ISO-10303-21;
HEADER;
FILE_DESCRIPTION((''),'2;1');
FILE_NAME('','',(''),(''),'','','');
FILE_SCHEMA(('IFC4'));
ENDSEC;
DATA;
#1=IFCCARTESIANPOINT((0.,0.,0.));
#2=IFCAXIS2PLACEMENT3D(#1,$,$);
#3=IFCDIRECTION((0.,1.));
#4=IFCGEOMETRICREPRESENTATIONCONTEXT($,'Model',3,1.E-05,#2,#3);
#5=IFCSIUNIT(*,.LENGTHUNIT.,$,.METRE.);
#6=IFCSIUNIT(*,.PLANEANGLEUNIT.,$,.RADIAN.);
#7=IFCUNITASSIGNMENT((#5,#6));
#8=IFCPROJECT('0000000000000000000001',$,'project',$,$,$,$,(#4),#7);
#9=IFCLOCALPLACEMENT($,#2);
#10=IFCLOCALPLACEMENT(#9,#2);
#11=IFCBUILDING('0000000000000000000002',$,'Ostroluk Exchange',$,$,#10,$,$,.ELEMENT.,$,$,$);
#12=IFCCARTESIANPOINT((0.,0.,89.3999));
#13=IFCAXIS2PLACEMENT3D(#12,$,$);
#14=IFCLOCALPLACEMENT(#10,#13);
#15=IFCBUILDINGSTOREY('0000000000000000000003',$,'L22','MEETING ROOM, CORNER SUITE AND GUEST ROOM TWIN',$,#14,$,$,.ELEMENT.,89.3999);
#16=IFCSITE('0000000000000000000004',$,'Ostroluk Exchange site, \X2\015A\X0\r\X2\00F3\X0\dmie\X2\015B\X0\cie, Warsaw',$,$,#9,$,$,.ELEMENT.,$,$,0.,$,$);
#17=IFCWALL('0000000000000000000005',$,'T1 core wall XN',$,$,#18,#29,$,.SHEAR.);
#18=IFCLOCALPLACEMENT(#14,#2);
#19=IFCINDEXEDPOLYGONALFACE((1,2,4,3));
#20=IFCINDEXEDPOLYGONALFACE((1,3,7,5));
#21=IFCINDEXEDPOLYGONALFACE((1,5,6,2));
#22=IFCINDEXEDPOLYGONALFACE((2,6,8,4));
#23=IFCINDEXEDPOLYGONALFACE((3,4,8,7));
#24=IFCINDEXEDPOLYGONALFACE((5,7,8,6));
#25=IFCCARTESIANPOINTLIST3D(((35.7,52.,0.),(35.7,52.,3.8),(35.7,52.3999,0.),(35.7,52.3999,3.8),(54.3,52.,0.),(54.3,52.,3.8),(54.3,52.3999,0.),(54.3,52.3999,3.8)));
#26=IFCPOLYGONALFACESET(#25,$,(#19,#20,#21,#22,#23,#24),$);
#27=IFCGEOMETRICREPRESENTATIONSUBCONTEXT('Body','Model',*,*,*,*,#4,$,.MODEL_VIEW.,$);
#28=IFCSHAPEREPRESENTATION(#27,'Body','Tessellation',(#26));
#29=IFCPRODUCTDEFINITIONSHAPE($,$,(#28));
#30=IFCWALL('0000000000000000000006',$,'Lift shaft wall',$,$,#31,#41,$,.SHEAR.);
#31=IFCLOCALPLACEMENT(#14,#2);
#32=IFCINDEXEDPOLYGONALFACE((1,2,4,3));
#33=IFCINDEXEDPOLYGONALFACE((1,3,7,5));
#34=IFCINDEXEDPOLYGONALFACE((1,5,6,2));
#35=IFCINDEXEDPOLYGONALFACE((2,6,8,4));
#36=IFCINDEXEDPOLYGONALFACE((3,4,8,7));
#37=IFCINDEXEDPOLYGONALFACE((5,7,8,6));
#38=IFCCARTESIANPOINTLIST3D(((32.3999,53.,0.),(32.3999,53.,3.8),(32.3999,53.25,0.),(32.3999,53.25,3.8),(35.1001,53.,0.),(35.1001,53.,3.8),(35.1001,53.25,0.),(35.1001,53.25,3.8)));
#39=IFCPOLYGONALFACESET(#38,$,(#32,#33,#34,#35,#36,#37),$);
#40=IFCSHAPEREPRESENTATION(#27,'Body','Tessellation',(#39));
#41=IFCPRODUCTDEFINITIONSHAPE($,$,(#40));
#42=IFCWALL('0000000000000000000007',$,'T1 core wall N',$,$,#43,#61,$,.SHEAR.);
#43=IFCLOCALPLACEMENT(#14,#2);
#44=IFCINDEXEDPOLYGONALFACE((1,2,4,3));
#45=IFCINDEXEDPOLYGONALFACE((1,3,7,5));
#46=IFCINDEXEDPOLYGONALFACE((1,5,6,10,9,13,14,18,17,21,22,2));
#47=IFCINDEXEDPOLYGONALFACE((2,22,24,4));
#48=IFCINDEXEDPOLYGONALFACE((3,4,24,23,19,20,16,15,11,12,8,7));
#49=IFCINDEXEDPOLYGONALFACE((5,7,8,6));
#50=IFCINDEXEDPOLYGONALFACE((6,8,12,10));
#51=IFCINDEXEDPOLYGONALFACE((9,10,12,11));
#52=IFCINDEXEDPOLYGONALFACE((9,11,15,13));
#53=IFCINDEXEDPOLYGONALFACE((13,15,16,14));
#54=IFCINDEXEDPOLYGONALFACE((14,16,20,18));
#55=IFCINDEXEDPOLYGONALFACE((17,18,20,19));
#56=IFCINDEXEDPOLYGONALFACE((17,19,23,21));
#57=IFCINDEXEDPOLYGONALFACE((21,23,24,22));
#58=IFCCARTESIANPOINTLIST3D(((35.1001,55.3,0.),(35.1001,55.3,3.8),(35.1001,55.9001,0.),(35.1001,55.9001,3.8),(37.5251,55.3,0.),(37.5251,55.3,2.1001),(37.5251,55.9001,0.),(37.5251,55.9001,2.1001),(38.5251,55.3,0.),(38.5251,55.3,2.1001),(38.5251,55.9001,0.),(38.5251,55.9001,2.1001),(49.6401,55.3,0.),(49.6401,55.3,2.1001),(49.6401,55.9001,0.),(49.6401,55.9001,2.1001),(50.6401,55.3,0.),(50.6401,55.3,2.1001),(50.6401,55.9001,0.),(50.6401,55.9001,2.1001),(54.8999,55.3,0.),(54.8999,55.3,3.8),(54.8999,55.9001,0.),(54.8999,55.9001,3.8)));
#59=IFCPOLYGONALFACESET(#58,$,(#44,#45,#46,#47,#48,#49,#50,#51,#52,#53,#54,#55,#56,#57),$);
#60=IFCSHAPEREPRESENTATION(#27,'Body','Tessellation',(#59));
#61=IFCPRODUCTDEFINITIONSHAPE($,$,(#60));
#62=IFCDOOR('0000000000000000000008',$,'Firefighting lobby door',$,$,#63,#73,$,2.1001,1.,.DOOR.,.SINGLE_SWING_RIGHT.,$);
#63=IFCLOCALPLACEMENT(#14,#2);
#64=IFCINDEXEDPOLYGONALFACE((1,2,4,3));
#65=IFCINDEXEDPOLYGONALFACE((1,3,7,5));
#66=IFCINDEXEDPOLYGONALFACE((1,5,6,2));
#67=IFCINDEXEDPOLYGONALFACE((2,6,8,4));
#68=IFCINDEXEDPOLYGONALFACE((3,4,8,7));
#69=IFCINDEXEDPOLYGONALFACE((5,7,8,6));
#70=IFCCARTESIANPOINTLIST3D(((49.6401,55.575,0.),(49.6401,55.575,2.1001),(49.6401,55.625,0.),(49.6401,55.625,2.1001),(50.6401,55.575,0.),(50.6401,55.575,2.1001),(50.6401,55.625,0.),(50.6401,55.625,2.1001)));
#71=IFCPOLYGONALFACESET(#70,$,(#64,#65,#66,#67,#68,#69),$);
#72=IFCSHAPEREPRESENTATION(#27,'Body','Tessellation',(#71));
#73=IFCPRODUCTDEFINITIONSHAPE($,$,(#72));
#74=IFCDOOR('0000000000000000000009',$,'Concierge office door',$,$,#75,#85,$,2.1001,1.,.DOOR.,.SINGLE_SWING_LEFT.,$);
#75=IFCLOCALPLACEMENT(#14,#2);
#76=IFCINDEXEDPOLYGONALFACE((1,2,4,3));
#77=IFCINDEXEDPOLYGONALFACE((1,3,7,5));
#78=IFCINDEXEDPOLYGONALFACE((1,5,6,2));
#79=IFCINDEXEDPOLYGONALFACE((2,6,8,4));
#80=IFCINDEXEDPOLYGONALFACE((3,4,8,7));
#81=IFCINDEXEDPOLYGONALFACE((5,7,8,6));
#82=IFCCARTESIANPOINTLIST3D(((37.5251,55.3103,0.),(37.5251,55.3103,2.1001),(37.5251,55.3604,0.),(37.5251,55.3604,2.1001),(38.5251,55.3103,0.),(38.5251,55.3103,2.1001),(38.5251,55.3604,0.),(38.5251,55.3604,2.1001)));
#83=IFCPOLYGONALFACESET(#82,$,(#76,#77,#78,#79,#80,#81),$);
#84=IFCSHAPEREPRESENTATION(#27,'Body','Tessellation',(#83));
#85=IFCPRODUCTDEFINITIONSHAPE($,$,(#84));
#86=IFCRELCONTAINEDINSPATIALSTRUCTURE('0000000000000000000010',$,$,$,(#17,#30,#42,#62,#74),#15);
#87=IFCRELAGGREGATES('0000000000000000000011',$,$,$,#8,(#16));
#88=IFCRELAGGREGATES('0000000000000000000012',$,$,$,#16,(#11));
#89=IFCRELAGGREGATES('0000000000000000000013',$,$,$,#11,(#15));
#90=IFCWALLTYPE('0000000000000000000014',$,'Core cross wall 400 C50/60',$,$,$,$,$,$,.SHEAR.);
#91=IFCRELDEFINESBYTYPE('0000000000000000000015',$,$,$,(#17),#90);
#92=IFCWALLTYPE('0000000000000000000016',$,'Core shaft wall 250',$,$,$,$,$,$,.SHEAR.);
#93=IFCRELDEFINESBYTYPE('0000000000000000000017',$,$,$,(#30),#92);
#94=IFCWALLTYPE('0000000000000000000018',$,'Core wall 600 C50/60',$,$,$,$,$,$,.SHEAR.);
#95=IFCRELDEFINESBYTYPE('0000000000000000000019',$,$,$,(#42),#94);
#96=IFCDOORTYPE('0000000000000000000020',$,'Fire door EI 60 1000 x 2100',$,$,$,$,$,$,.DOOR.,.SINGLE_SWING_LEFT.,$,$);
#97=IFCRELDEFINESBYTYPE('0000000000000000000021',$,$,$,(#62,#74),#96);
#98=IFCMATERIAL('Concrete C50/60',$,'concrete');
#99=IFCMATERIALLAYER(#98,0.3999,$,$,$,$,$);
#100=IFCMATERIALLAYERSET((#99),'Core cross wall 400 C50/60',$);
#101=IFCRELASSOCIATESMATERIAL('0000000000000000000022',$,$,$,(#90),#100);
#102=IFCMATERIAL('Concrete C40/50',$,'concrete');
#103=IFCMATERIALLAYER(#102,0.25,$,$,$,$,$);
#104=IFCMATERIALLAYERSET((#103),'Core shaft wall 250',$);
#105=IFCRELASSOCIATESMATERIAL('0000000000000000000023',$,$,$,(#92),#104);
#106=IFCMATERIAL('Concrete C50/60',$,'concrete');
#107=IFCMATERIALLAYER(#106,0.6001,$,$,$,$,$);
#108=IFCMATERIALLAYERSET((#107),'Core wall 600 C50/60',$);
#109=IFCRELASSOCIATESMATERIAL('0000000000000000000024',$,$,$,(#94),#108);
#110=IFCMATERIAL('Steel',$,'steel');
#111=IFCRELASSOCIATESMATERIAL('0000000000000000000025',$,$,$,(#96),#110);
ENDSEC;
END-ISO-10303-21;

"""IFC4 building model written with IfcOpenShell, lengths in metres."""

from ifc_helpers import new_model, si_unit, direction, frame, frame_2d, origin, place, context, subcontext, project, spatial, rectangle, extrude, material, layer, layer_set, type_object, element, fill, save


model = new_model("IFC4")

# Units and contexts
model_context = context("Model", 3, precision=1e-05, world=origin(), true_north=direction((0.0, 1.0)))
body_context = subcontext(model_context, "Body", "Model", "MODEL_VIEW")
ifc_project = project(units=[si_unit("LENGTHUNIT", "METRE"), si_unit("PLANEANGLEUNIT", "RADIAN")], contexts=[model_context])

# Site, building, storey
site_placement = place(None, origin())
site = spatial("IfcSite", under=ifc_project, at=site_placement, Name="Ostroluk Exchange site, Śródmieście, Warsaw", CompositionType="ELEMENT", RefElevation=0.0)
building_placement = place(site_placement, origin())
building = spatial("IfcBuilding", under=site, at=building_placement, Name="Ostroluk Exchange", CompositionType="ELEMENT")
storey_placement = place(building_placement, frame((0.0, 0.0, 89.3999)))
storey = spatial("IfcBuildingStorey", under=building, at=storey_placement, Name="L22", Description="MEETING ROOM, CORNER SUITE AND GUEST ROOM TWIN", CompositionType="ELEMENT", Elevation=89.3999)

# Walls
ifc_material_1 = material(Name="Concrete C50/60", Category="concrete")
ifc_layer_1 = layer(ifc_material_1, 0.3999)
ifc_layer_set_1 = layer_set([ifc_layer_1], Name="Core cross wall 400 C50/60")
wall_type_1 = type_object("IfcWallType", Name="Core cross wall 400 C50/60", PredefinedType="SHEAR", material=ifc_layer_set_1)
wall_1_placement = place(storey_placement, frame((35.7, 52.2, 0.0), z_axis=(0.0, 0.0, 1.0), x_axis=(1.0, 0.0, 0.0)))
element("IfcWall", 1, at=wall_1_placement, inside=storey, type_object=wall_type_1, Name="T1 core wall XN", PredefinedType="SHEAR", context=body_context, shape_type="SweptSolid", body=[
    extrude(rectangle(XDim=18.6001, YDim=0.3999, at=frame_2d((9.3, 0.0))), origin(), (0.0, 0.0, 1.0), 3.8),
])
ifc_material_2 = material(Name="Concrete C40/50", Category="concrete")
ifc_layer_2 = layer(ifc_material_2, 0.25)
ifc_layer_set_2 = layer_set([ifc_layer_2], Name="Core shaft wall 250")
wall_type_2 = type_object("IfcWallType", Name="Core shaft wall 250", PredefinedType="SHEAR", material=ifc_layer_set_2)
wall_2_placement = place(storey_placement, frame((32.3999, 53.125, 0.0), z_axis=(0.0, 0.0, 1.0), x_axis=(1.0, 0.0, 0.0)))
element("IfcWall", 2, at=wall_2_placement, inside=storey, type_object=wall_type_2, Name="Lift shaft wall", PredefinedType="SHEAR", context=body_context, shape_type="SweptSolid", body=[
    extrude(rectangle(XDim=2.7002, YDim=0.25, at=frame_2d((1.3501, 0.0))), origin(), (0.0, 0.0, 1.0), 3.8),
])

# Wall, openings, doors
ifc_material_3 = material(Name="Concrete C50/60", Category="concrete")
ifc_layer_3 = layer(ifc_material_3, 0.6001)
ifc_layer_set_3 = layer_set([ifc_layer_3], Name="Core wall 600 C50/60")
wall_type_3 = type_object("IfcWallType", Name="Core wall 600 C50/60", PredefinedType="SHEAR", material=ifc_layer_set_3)
wall_3_placement = place(storey_placement, frame((35.1001, 55.6001, 0.0), z_axis=(0.0, 0.0, 1.0), x_axis=(1.0, 0.0, 0.0)))
wall_3 = element("IfcWall", 3, at=wall_3_placement, inside=storey, type_object=wall_type_3, Name="T1 core wall N", PredefinedType="SHEAR", context=body_context, shape_type="SweptSolid", body=[
    extrude(rectangle(XDim=19.7998, YDim=0.6001, at=frame_2d((9.8999, 0.0))), origin(), (0.0, 0.0, 1.0), 3.8),
])
opening_1_placement = place(wall_3_placement, frame((14.54, 0.0, 0.0)))
opening_1 = element("IfcOpeningElement", 4, at=opening_1_placement, cuts=wall_3, PredefinedType="OPENING", context=body_context, shape_type="SweptSolid", body=[
    extrude(rectangle(XDim=1.0, YDim=2.1001, at=frame_2d((0.5, 1.05))), frame((0.0, 0.3101, 0.0), z_axis=(0.0, -1.0, 0.0), x_axis=(1.0, 0.0, 0.0)), (0.0, 0.0, 1.0), 0.6201),
])
opening_2_placement = place(wall_3_placement, frame((2.425, 0.0, 0.0)))
opening_2 = element("IfcOpeningElement", 5, at=opening_2_placement, cuts=wall_3, PredefinedType="OPENING", context=body_context, shape_type="SweptSolid", body=[
    extrude(rectangle(XDim=1.0, YDim=2.1001, at=frame_2d((0.5, 1.05))), frame((0.0, 0.3101, 0.0), z_axis=(0.0, -1.0, 0.0), x_axis=(1.0, 0.0, 0.0)), (0.0, 0.0, 1.0), 0.6201),
])
ifc_material_4 = material(Name="Steel", Category="steel")
door_type = type_object("IfcDoorType", Name="Fire door EI 60 1000 x 2100", OperationType="SINGLE_SWING_LEFT", PredefinedType="DOOR", material=ifc_material_4)
door_1_placement = place(opening_1_placement, origin())
door_1 = element("IfcDoor", 6, at=door_1_placement, inside=storey, type_object=door_type, Name="Firefighting lobby door", OperationType="SINGLE_SWING_RIGHT", OverallHeight=2.1001, OverallWidth=1.0, PredefinedType="DOOR", context=body_context, shape_type="SweptSolid", body=[
    extrude(rectangle(XDim=1.0, YDim=2.1001, at=frame_2d((0.5, 1.05))), frame((0.0, 0.0249, 0.0), z_axis=(0.0, -1.0, 0.0), x_axis=(1.0, 0.0, 0.0)), (0.0, 0.0, 1.0), 0.05),
])
fill(opening_1, door_1)
door_2_placement = place(opening_2_placement, origin())
door_2 = element("IfcDoor", 7, at=door_2_placement, inside=storey, type_object=door_type, Name="Concierge office door", OperationType="SINGLE_SWING_LEFT", OverallHeight=2.1001, OverallWidth=1.0, PredefinedType="DOOR", context=body_context, shape_type="SweptSolid", body=[
    extrude(rectangle(XDim=1.0, YDim=2.1001, at=frame_2d((0.5, 1.05))), frame((0.0, -0.2397, 0.0), z_axis=(0.0, -1.0, 0.0), x_axis=(1.0, 0.0, 0.0)), (0.0, 0.0, 1.0), 0.05),
])
fill(opening_2, door_2)

save(model, "model.ifc")
